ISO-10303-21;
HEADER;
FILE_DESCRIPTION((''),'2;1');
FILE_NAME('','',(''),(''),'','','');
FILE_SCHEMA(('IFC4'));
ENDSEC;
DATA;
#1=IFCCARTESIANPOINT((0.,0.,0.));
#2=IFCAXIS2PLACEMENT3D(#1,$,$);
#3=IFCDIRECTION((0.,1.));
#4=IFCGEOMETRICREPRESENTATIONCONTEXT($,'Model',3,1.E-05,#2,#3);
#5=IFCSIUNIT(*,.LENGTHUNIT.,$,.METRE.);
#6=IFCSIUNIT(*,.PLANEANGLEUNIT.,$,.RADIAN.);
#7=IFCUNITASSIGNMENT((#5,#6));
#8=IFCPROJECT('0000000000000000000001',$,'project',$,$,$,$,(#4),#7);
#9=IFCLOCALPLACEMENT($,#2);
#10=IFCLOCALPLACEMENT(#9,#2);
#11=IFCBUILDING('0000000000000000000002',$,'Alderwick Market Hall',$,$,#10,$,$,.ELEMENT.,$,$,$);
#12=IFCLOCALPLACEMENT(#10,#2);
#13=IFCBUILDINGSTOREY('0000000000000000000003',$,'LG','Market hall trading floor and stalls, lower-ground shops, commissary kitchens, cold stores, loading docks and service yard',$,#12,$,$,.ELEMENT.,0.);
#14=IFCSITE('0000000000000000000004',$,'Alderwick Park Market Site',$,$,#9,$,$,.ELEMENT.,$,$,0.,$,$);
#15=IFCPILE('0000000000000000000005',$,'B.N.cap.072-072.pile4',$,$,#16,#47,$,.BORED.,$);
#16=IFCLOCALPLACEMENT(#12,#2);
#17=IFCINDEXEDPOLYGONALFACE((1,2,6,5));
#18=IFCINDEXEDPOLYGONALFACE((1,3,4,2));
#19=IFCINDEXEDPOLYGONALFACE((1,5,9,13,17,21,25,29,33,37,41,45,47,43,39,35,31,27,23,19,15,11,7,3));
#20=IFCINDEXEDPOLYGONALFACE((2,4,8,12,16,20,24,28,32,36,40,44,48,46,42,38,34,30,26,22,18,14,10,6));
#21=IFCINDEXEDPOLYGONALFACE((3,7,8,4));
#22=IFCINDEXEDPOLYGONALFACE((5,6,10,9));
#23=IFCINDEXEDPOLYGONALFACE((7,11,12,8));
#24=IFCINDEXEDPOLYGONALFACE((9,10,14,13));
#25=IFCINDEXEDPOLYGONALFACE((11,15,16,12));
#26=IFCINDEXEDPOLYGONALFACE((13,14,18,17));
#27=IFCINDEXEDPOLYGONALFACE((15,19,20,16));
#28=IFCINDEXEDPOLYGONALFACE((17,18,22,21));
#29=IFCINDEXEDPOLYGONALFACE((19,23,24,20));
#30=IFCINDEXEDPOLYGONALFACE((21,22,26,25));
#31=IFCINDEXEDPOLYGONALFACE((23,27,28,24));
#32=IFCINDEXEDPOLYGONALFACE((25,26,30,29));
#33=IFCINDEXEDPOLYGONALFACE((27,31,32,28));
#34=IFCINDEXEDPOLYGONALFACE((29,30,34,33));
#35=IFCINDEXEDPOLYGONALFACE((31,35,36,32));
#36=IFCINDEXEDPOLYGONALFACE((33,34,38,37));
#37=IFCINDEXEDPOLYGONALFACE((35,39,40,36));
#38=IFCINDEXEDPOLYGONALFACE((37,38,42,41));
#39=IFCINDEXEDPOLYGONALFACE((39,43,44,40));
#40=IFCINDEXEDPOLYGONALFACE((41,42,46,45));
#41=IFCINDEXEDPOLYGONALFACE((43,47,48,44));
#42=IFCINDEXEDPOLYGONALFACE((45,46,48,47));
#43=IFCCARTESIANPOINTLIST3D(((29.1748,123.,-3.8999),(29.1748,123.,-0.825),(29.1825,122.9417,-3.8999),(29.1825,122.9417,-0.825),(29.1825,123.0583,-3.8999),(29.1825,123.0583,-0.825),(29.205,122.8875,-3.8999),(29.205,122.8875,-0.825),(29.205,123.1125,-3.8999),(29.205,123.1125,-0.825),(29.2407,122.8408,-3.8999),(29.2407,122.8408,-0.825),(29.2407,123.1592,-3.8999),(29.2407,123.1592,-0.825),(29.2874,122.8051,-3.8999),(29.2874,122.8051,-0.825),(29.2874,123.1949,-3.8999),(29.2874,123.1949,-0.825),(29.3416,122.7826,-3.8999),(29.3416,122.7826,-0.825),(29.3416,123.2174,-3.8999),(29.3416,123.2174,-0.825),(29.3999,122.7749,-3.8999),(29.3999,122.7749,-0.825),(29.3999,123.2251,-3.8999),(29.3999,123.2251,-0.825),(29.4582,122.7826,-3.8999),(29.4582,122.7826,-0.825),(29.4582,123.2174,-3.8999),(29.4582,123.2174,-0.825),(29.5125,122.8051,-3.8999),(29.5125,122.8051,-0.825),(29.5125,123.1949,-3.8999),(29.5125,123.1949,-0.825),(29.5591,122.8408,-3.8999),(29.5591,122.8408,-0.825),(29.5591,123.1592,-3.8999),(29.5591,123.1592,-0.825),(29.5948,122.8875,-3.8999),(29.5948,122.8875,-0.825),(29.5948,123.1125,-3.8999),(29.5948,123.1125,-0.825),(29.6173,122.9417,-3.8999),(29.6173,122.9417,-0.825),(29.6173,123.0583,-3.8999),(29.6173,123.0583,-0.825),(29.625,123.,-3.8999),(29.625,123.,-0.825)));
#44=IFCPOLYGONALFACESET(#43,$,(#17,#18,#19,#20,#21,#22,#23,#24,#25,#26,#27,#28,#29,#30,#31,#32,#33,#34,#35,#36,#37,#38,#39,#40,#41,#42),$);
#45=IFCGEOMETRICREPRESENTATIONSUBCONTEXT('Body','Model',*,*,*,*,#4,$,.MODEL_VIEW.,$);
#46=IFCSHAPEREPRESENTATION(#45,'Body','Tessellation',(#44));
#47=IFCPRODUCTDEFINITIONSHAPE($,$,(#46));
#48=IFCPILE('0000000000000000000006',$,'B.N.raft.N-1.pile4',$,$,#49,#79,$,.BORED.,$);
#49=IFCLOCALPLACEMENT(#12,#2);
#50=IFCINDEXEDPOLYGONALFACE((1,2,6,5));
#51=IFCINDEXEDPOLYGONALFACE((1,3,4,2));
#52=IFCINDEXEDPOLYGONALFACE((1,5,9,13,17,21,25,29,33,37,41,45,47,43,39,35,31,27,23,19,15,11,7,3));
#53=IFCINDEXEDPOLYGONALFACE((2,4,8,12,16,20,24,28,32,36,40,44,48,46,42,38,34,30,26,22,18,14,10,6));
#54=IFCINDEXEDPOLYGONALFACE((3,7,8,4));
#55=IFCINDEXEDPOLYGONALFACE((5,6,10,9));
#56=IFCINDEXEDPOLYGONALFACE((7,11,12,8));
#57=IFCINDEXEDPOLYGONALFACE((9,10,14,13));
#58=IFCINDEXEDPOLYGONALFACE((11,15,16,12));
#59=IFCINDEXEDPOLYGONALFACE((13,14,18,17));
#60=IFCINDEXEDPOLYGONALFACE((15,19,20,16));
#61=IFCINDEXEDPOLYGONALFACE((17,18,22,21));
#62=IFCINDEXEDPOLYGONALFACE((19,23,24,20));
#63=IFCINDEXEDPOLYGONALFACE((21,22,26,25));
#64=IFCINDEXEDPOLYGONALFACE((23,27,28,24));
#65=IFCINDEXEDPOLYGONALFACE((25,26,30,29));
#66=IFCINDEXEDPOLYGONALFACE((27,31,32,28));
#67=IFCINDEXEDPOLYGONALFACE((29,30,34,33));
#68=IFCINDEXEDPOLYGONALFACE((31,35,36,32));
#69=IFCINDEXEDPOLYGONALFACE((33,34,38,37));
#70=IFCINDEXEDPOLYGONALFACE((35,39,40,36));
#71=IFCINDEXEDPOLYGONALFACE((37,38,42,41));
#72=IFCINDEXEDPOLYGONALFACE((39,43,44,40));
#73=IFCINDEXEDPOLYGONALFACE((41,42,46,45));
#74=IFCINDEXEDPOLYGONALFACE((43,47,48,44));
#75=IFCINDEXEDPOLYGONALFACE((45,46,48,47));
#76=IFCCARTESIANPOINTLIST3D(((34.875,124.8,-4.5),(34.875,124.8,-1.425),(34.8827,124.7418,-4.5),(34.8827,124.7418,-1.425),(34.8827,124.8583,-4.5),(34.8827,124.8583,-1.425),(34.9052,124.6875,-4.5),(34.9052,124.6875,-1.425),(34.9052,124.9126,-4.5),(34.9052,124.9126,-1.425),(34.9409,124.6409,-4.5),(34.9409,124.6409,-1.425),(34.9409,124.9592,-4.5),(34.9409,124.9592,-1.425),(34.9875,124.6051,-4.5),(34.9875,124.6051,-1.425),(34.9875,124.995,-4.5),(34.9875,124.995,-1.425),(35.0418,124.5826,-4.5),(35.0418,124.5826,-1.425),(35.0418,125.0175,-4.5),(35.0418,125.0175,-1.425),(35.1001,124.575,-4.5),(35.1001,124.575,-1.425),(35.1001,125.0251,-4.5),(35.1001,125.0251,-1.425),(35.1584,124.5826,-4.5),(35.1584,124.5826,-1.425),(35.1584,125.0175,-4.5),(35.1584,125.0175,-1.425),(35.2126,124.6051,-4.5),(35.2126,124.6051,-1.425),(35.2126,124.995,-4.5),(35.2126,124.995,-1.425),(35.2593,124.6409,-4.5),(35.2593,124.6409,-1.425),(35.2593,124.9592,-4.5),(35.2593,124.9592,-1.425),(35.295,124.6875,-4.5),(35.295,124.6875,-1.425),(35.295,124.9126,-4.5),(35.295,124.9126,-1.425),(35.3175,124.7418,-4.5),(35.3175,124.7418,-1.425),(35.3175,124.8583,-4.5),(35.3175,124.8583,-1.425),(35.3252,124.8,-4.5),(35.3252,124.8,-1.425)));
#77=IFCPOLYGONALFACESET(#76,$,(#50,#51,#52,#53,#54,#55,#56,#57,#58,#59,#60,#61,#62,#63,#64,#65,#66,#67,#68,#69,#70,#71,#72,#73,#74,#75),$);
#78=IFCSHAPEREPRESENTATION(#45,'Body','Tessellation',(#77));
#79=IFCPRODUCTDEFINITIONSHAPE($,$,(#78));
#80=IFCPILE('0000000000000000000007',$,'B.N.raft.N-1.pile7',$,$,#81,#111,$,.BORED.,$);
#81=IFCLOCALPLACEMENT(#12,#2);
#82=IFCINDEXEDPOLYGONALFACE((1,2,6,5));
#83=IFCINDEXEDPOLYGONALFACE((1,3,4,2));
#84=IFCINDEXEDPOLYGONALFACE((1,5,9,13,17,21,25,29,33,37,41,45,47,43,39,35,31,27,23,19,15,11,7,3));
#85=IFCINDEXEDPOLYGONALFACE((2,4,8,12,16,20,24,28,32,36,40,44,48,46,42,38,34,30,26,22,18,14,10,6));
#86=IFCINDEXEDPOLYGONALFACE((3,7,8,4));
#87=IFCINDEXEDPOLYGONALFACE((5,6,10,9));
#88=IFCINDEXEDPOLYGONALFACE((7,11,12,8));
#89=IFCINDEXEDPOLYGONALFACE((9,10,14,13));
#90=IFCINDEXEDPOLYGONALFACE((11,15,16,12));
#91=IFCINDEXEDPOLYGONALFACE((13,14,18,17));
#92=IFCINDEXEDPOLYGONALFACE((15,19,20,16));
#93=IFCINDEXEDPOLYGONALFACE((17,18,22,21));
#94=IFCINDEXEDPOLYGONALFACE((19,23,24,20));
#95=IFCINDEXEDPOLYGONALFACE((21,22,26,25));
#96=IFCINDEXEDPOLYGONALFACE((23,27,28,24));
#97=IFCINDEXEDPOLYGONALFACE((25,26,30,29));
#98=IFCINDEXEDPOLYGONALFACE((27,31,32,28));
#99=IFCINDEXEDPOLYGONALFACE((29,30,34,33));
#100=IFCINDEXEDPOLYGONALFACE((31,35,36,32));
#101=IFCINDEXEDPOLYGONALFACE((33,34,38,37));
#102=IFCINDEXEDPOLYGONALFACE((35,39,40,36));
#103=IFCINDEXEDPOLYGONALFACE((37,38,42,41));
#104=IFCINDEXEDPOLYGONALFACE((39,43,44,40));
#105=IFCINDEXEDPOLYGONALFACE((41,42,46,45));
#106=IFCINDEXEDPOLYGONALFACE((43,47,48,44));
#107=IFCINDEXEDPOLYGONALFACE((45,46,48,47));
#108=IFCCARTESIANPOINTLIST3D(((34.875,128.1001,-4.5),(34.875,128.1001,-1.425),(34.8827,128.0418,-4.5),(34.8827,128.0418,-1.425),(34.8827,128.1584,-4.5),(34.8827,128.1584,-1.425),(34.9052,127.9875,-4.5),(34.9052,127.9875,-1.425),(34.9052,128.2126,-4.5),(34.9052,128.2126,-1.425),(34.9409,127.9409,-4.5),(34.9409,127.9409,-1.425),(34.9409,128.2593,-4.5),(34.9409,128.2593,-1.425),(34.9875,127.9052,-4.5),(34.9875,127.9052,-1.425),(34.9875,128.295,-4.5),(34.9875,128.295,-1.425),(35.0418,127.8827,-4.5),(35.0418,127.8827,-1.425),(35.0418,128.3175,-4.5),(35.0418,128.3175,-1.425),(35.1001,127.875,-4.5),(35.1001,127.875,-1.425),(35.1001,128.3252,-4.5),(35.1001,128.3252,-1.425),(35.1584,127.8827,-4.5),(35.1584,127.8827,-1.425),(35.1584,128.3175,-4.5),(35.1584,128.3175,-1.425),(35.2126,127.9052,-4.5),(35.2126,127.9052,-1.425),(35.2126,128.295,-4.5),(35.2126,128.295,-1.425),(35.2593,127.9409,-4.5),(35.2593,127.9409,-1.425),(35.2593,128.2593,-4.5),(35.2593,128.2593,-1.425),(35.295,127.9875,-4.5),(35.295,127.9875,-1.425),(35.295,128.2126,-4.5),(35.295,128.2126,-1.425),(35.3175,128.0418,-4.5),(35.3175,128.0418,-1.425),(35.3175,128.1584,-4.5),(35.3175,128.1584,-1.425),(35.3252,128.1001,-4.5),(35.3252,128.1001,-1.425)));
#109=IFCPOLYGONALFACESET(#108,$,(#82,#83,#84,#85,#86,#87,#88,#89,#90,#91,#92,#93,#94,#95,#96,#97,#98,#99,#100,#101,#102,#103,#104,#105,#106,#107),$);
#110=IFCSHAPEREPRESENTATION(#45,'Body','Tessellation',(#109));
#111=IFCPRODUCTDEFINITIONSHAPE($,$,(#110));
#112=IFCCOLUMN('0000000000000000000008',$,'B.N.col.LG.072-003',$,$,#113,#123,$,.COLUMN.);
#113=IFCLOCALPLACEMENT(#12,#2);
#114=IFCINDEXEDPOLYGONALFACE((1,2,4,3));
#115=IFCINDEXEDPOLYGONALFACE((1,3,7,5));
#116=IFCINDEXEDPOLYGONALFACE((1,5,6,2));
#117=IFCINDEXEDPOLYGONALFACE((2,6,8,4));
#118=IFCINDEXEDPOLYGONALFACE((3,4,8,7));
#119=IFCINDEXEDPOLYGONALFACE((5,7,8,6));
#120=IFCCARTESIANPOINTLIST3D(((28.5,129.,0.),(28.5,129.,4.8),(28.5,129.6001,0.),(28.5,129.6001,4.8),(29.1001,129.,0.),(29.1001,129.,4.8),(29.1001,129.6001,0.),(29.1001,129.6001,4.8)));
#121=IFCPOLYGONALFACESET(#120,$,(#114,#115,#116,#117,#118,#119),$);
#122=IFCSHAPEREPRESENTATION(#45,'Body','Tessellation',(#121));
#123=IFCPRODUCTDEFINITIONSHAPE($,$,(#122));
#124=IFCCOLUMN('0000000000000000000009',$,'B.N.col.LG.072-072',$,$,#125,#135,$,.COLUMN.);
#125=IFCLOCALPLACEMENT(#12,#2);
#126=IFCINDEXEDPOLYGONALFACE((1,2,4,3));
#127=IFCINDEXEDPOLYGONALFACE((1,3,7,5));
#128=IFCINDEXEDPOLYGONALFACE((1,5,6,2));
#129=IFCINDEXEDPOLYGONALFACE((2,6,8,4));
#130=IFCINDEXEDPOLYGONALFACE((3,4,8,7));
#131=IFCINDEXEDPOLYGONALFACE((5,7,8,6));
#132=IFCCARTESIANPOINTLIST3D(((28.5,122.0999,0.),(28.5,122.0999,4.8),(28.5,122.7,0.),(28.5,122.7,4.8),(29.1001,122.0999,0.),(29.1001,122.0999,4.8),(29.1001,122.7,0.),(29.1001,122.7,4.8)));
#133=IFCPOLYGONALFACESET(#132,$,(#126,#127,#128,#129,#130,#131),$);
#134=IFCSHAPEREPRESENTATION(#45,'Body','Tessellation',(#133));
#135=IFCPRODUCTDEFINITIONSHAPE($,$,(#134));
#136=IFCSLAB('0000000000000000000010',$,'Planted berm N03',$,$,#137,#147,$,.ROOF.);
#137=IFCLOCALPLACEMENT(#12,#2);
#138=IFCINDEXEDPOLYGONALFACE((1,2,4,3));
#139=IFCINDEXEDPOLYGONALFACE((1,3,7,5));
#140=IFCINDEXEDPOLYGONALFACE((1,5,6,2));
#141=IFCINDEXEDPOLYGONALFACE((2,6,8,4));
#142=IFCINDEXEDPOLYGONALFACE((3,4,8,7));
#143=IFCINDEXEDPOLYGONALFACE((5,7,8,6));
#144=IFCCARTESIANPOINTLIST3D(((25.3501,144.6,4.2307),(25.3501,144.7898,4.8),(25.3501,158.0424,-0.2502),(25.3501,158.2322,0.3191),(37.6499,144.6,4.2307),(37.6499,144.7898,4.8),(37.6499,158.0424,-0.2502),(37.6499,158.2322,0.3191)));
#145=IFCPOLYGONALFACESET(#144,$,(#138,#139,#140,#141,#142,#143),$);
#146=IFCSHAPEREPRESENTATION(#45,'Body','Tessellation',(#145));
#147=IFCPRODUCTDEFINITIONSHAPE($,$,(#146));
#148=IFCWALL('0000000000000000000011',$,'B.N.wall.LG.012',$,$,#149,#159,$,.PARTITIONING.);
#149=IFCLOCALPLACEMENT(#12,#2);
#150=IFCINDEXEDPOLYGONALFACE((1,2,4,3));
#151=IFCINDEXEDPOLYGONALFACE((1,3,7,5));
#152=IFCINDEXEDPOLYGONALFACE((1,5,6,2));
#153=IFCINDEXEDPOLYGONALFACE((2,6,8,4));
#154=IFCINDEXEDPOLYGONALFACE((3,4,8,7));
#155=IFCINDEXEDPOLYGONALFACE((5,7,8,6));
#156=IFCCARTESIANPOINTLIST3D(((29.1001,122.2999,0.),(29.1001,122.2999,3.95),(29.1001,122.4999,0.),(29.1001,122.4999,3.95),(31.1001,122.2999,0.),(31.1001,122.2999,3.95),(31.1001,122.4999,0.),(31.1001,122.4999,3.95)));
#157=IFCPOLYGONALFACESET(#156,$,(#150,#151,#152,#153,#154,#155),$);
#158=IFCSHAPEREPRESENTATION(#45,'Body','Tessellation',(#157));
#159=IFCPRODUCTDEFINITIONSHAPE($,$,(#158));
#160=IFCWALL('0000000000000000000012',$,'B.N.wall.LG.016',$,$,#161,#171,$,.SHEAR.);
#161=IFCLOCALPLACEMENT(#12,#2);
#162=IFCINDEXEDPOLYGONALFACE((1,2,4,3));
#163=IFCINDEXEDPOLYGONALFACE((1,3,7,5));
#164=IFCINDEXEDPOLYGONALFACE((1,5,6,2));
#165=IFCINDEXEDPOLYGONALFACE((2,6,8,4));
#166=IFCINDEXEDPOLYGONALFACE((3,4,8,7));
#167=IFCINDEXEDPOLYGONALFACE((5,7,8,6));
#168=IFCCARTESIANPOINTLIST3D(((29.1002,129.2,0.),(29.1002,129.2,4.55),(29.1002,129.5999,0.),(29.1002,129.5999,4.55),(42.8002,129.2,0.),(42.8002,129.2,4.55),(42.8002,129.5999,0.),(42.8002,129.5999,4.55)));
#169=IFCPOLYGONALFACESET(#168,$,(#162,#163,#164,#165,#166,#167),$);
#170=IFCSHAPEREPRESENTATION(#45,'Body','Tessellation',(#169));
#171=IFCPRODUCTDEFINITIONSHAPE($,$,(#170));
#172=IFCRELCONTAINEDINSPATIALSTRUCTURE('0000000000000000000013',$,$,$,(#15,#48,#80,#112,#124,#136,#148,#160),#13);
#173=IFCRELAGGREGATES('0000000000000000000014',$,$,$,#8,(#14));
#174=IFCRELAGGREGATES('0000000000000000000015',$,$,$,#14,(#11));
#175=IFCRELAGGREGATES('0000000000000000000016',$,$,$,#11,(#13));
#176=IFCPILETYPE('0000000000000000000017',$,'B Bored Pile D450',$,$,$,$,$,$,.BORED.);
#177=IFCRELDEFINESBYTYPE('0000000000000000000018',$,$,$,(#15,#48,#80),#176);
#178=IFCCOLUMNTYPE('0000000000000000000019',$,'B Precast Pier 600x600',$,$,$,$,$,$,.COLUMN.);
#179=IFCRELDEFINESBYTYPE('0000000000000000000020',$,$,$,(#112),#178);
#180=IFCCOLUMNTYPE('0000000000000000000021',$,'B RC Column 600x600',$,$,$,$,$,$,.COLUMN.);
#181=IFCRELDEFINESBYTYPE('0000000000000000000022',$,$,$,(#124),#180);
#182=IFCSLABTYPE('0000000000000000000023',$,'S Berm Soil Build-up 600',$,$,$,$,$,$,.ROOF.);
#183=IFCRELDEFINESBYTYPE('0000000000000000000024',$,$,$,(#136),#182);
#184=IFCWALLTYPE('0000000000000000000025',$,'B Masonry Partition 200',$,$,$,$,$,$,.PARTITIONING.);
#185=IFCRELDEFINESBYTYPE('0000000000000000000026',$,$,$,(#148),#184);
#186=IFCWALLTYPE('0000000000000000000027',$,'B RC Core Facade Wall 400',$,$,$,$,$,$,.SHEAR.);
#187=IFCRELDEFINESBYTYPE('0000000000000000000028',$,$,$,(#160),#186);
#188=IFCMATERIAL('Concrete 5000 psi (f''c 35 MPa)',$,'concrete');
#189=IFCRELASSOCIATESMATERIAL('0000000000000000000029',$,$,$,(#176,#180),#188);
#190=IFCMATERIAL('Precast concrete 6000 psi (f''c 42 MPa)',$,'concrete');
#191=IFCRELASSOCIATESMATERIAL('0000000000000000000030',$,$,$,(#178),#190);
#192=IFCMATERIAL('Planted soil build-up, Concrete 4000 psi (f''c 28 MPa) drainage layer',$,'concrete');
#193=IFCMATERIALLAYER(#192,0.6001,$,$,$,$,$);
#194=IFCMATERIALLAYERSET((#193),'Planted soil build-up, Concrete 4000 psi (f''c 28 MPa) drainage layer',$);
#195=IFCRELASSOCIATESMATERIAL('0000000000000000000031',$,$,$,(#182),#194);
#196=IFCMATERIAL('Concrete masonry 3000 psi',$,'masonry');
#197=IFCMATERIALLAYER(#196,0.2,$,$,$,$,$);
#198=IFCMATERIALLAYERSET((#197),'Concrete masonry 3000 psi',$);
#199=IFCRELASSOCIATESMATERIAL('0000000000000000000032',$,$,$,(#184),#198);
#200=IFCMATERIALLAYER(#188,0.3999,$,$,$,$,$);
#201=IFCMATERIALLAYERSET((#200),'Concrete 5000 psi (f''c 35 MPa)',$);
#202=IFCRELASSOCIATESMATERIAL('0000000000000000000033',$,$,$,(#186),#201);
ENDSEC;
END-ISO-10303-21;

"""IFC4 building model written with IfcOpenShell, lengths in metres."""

from ifc_helpers import new_model, si_unit, direction, frame, frame_2d, origin, origin_2d, place, context, subcontext, project, spatial, polyline, rectangle, circle, outline, extrude, material, layer, layer_set, material_profile, profile_set, type_object, element, save


model = new_model("IFC4")

# Units and contexts
model_context = context("Model", 3, precision=1e-05, world=origin(), true_north=direction((0.0, 1.0)))
body_context = subcontext(model_context, "Body", "Model", "MODEL_VIEW")
ifc_project = project(units=[si_unit("LENGTHUNIT", "METRE"), si_unit("PLANEANGLEUNIT", "RADIAN")], contexts=[model_context])

# Site, building, storey
site_placement = place(None, origin())
site = spatial("IfcSite", under=ifc_project, at=site_placement, Name="Alderwick Park Market Site", CompositionType="ELEMENT", RefElevation=0.0)
building_placement = place(site_placement, origin())
building = spatial("IfcBuilding", under=site, at=building_placement, Name="Alderwick Market Hall", CompositionType="ELEMENT")
storey_placement = place(building_placement, origin())
storey = spatial("IfcBuildingStorey", under=building, at=storey_placement, Name="LG", Description="Market hall trading floor and stalls, lower-ground shops, commissary kitchens, cold stores, loading docks and service yard", CompositionType="ELEMENT", Elevation=0.0)

# Piles
ifc_material_1 = material(Name="Concrete 5000 psi (f'c 35 MPa)", Category="concrete")
ifc_material_profile_1 = material_profile(ifc_material_1, circle(Radius=0.2251, at=origin_2d()), Name="B Bored Pile D450")
ifc_profile_set_1 = profile_set([ifc_material_profile_1], Name="Concrete 5000 psi (f'c 35 MPa)")
pile_type = type_object("IfcPileType", Name="B Bored Pile D450", PredefinedType="BORED", material=ifc_profile_set_1)
for number, where, z_axis, x_axis, name in (
    (1, (29.3999, 123.0, -0.825), (0.0, 0.0, -1.0), (1.0, 0.0, 0.0), "B.N.cap.072-072.pile4"),
    (2, (35.1001, 124.8, -1.425), (0.0, 0.0, -1.0), (1.0, 0.0, 0.0), "B.N.raft.N-1.pile4"),
    (3, (35.1001, 128.1001, -1.425), (0.0, 0.0, -1.0), (1.0, 0.0, 0.0), "B.N.raft.N-1.pile7"),
):
    element("IfcPile", number, at=place(storey_placement, frame(where, z_axis=z_axis, x_axis=x_axis)), inside=storey, type_object=pile_type, Name=name, PredefinedType="BORED", context=body_context, shape_type="SweptSolid", body=[
        extrude(circle(Radius=0.2251, at=origin_2d()), origin(), (0.0, 0.0, 1.0), 3.075),
    ])

# Columns
ifc_material_2 = material(Name="Precast concrete 6000 psi (f'c 42 MPa)", Category="concrete")
ifc_material_profile_2 = material_profile(ifc_material_2, rectangle(XDim=0.6001, YDim=0.6001, at=origin_2d()), Name="B Precast Pier 600x600")
ifc_profile_set_2 = profile_set([ifc_material_profile_2], Name="Precast concrete 6000 psi (f'c 42 MPa)")
column_type_1 = type_object("IfcColumnType", Name="B Precast Pier 600x600", PredefinedType="COLUMN", material=ifc_profile_set_2)
column_1_placement = place(storey_placement, frame((28.8, 129.3, 0.0), z_axis=(0.0, 0.0, 1.0), x_axis=(1.0, 0.0, 0.0)))
element("IfcColumn", 4, at=column_1_placement, inside=storey, type_object=column_type_1, Name="B.N.col.LG.072-003", PredefinedType="COLUMN", context=body_context, shape_type="SweptSolid", body=[
    extrude(rectangle(XDim=0.6001, YDim=0.6001, at=origin_2d()), origin(), (0.0, 0.0, 1.0), 4.8),
])
ifc_material_profile_3 = material_profile(ifc_material_1, rectangle(XDim=0.6001, YDim=0.6001, at=origin_2d()), Name="B RC Column 600x600")
ifc_profile_set_3 = profile_set([ifc_material_profile_3], Name="Concrete 5000 psi (f'c 35 MPa)")
column_type_2 = type_object("IfcColumnType", Name="B RC Column 600x600", PredefinedType="COLUMN", material=ifc_profile_set_3)
column_2_placement = place(storey_placement, frame((28.8, 122.3999, 0.0), z_axis=(0.0, 0.0, 1.0), x_axis=(1.0, 0.0, 0.0)))
element("IfcColumn", 5, at=column_2_placement, inside=storey, type_object=column_type_2, Name="B.N.col.LG.072-072", PredefinedType="COLUMN", context=body_context, shape_type="SweptSolid", body=[
    extrude(rectangle(XDim=0.6001, YDim=0.6001, at=origin_2d()), origin(), (0.0, 0.0, 1.0), 4.8),
])

# Slab
ifc_material_3 = material(Name="Planted soil build-up, Concrete 4000 psi (f'c 28 MPa) drainage layer", Category="concrete")
ifc_layer_1 = layer(ifc_material_3, 0.6001)
ifc_layer_set_1 = layer_set([ifc_layer_1], Name="Planted soil build-up, Concrete 4000 psi (f'c 28 MPa) drainage layer")
slab_type = type_object("IfcSlabType", Name="S Berm Soil Build-up 600", PredefinedType="ROOF", material=ifc_layer_set_1)
slab_placement = place(storey_placement, frame((25.3501, 158.2322, 0.3191), z_axis=(0.0, 0.316238, 0.94868), x_axis=(1.0, 0.0, 0.0)))
element("IfcSlab", 6, at=slab_placement, inside=storey, type_object=slab_type, Name="Planted berm N03", PredefinedType="ROOF", context=body_context, shape_type="SweptSolid", body=[
    extrude(outline(polyline([(0.0, 0.0), (12.2998, 0.0), (12.2998, -14.1696), (0.0, -14.1696), (0.0, 0.0)])), origin(), (0.0, 0.0, -1.0), 0.6001),
])

# Walls
ifc_material_4 = material(Name="Concrete masonry 3000 psi", Category="masonry")
ifc_layer_2 = layer(ifc_material_4, 0.2)
ifc_layer_set_2 = layer_set([ifc_layer_2], Name="Concrete masonry 3000 psi")
wall_type_1 = type_object("IfcWallType", Name="B Masonry Partition 200", PredefinedType="PARTITIONING", material=ifc_layer_set_2)
wall_1_placement = place(storey_placement, frame((29.1001, 122.3999, 0.0), z_axis=(0.0, 0.0, 1.0), x_axis=(1.0, 0.0, 0.0)))
element("IfcWall", 7, at=wall_1_placement, inside=storey, type_object=wall_type_1, Name="B.N.wall.LG.012", PredefinedType="PARTITIONING", context=body_context, shape_type="SweptSolid", body=[
    extrude(rectangle(XDim=2.0, YDim=0.2, at=frame_2d((1.0, 0.0))), origin(), (0.0, 0.0, 1.0), 3.95),
])
ifc_layer_3 = layer(ifc_material_1, 0.3999)
ifc_layer_set_3 = layer_set([ifc_layer_3], Name="Concrete 5000 psi (f'c 35 MPa)")
wall_type_2 = type_object("IfcWallType", Name="B RC Core Facade Wall 400", PredefinedType="SHEAR", material=ifc_layer_set_3)
wall_2_placement = place(storey_placement, frame((29.1001, 129.3999, 0.0), z_axis=(0.0, 0.0, 1.0), x_axis=(1.0, 0.0, 0.0)))
element("IfcWall", 8, at=wall_2_placement, inside=storey, type_object=wall_type_2, Name="B.N.wall.LG.016", PredefinedType="SHEAR", context=body_context, shape_type="SweptSolid", body=[
    extrude(rectangle(XDim=13.7, YDim=0.3999, at=frame_2d((6.8501, 0.0))), origin(), (0.0, 0.0, 1.0), 4.55),
])

save(model, "model.ifc")
